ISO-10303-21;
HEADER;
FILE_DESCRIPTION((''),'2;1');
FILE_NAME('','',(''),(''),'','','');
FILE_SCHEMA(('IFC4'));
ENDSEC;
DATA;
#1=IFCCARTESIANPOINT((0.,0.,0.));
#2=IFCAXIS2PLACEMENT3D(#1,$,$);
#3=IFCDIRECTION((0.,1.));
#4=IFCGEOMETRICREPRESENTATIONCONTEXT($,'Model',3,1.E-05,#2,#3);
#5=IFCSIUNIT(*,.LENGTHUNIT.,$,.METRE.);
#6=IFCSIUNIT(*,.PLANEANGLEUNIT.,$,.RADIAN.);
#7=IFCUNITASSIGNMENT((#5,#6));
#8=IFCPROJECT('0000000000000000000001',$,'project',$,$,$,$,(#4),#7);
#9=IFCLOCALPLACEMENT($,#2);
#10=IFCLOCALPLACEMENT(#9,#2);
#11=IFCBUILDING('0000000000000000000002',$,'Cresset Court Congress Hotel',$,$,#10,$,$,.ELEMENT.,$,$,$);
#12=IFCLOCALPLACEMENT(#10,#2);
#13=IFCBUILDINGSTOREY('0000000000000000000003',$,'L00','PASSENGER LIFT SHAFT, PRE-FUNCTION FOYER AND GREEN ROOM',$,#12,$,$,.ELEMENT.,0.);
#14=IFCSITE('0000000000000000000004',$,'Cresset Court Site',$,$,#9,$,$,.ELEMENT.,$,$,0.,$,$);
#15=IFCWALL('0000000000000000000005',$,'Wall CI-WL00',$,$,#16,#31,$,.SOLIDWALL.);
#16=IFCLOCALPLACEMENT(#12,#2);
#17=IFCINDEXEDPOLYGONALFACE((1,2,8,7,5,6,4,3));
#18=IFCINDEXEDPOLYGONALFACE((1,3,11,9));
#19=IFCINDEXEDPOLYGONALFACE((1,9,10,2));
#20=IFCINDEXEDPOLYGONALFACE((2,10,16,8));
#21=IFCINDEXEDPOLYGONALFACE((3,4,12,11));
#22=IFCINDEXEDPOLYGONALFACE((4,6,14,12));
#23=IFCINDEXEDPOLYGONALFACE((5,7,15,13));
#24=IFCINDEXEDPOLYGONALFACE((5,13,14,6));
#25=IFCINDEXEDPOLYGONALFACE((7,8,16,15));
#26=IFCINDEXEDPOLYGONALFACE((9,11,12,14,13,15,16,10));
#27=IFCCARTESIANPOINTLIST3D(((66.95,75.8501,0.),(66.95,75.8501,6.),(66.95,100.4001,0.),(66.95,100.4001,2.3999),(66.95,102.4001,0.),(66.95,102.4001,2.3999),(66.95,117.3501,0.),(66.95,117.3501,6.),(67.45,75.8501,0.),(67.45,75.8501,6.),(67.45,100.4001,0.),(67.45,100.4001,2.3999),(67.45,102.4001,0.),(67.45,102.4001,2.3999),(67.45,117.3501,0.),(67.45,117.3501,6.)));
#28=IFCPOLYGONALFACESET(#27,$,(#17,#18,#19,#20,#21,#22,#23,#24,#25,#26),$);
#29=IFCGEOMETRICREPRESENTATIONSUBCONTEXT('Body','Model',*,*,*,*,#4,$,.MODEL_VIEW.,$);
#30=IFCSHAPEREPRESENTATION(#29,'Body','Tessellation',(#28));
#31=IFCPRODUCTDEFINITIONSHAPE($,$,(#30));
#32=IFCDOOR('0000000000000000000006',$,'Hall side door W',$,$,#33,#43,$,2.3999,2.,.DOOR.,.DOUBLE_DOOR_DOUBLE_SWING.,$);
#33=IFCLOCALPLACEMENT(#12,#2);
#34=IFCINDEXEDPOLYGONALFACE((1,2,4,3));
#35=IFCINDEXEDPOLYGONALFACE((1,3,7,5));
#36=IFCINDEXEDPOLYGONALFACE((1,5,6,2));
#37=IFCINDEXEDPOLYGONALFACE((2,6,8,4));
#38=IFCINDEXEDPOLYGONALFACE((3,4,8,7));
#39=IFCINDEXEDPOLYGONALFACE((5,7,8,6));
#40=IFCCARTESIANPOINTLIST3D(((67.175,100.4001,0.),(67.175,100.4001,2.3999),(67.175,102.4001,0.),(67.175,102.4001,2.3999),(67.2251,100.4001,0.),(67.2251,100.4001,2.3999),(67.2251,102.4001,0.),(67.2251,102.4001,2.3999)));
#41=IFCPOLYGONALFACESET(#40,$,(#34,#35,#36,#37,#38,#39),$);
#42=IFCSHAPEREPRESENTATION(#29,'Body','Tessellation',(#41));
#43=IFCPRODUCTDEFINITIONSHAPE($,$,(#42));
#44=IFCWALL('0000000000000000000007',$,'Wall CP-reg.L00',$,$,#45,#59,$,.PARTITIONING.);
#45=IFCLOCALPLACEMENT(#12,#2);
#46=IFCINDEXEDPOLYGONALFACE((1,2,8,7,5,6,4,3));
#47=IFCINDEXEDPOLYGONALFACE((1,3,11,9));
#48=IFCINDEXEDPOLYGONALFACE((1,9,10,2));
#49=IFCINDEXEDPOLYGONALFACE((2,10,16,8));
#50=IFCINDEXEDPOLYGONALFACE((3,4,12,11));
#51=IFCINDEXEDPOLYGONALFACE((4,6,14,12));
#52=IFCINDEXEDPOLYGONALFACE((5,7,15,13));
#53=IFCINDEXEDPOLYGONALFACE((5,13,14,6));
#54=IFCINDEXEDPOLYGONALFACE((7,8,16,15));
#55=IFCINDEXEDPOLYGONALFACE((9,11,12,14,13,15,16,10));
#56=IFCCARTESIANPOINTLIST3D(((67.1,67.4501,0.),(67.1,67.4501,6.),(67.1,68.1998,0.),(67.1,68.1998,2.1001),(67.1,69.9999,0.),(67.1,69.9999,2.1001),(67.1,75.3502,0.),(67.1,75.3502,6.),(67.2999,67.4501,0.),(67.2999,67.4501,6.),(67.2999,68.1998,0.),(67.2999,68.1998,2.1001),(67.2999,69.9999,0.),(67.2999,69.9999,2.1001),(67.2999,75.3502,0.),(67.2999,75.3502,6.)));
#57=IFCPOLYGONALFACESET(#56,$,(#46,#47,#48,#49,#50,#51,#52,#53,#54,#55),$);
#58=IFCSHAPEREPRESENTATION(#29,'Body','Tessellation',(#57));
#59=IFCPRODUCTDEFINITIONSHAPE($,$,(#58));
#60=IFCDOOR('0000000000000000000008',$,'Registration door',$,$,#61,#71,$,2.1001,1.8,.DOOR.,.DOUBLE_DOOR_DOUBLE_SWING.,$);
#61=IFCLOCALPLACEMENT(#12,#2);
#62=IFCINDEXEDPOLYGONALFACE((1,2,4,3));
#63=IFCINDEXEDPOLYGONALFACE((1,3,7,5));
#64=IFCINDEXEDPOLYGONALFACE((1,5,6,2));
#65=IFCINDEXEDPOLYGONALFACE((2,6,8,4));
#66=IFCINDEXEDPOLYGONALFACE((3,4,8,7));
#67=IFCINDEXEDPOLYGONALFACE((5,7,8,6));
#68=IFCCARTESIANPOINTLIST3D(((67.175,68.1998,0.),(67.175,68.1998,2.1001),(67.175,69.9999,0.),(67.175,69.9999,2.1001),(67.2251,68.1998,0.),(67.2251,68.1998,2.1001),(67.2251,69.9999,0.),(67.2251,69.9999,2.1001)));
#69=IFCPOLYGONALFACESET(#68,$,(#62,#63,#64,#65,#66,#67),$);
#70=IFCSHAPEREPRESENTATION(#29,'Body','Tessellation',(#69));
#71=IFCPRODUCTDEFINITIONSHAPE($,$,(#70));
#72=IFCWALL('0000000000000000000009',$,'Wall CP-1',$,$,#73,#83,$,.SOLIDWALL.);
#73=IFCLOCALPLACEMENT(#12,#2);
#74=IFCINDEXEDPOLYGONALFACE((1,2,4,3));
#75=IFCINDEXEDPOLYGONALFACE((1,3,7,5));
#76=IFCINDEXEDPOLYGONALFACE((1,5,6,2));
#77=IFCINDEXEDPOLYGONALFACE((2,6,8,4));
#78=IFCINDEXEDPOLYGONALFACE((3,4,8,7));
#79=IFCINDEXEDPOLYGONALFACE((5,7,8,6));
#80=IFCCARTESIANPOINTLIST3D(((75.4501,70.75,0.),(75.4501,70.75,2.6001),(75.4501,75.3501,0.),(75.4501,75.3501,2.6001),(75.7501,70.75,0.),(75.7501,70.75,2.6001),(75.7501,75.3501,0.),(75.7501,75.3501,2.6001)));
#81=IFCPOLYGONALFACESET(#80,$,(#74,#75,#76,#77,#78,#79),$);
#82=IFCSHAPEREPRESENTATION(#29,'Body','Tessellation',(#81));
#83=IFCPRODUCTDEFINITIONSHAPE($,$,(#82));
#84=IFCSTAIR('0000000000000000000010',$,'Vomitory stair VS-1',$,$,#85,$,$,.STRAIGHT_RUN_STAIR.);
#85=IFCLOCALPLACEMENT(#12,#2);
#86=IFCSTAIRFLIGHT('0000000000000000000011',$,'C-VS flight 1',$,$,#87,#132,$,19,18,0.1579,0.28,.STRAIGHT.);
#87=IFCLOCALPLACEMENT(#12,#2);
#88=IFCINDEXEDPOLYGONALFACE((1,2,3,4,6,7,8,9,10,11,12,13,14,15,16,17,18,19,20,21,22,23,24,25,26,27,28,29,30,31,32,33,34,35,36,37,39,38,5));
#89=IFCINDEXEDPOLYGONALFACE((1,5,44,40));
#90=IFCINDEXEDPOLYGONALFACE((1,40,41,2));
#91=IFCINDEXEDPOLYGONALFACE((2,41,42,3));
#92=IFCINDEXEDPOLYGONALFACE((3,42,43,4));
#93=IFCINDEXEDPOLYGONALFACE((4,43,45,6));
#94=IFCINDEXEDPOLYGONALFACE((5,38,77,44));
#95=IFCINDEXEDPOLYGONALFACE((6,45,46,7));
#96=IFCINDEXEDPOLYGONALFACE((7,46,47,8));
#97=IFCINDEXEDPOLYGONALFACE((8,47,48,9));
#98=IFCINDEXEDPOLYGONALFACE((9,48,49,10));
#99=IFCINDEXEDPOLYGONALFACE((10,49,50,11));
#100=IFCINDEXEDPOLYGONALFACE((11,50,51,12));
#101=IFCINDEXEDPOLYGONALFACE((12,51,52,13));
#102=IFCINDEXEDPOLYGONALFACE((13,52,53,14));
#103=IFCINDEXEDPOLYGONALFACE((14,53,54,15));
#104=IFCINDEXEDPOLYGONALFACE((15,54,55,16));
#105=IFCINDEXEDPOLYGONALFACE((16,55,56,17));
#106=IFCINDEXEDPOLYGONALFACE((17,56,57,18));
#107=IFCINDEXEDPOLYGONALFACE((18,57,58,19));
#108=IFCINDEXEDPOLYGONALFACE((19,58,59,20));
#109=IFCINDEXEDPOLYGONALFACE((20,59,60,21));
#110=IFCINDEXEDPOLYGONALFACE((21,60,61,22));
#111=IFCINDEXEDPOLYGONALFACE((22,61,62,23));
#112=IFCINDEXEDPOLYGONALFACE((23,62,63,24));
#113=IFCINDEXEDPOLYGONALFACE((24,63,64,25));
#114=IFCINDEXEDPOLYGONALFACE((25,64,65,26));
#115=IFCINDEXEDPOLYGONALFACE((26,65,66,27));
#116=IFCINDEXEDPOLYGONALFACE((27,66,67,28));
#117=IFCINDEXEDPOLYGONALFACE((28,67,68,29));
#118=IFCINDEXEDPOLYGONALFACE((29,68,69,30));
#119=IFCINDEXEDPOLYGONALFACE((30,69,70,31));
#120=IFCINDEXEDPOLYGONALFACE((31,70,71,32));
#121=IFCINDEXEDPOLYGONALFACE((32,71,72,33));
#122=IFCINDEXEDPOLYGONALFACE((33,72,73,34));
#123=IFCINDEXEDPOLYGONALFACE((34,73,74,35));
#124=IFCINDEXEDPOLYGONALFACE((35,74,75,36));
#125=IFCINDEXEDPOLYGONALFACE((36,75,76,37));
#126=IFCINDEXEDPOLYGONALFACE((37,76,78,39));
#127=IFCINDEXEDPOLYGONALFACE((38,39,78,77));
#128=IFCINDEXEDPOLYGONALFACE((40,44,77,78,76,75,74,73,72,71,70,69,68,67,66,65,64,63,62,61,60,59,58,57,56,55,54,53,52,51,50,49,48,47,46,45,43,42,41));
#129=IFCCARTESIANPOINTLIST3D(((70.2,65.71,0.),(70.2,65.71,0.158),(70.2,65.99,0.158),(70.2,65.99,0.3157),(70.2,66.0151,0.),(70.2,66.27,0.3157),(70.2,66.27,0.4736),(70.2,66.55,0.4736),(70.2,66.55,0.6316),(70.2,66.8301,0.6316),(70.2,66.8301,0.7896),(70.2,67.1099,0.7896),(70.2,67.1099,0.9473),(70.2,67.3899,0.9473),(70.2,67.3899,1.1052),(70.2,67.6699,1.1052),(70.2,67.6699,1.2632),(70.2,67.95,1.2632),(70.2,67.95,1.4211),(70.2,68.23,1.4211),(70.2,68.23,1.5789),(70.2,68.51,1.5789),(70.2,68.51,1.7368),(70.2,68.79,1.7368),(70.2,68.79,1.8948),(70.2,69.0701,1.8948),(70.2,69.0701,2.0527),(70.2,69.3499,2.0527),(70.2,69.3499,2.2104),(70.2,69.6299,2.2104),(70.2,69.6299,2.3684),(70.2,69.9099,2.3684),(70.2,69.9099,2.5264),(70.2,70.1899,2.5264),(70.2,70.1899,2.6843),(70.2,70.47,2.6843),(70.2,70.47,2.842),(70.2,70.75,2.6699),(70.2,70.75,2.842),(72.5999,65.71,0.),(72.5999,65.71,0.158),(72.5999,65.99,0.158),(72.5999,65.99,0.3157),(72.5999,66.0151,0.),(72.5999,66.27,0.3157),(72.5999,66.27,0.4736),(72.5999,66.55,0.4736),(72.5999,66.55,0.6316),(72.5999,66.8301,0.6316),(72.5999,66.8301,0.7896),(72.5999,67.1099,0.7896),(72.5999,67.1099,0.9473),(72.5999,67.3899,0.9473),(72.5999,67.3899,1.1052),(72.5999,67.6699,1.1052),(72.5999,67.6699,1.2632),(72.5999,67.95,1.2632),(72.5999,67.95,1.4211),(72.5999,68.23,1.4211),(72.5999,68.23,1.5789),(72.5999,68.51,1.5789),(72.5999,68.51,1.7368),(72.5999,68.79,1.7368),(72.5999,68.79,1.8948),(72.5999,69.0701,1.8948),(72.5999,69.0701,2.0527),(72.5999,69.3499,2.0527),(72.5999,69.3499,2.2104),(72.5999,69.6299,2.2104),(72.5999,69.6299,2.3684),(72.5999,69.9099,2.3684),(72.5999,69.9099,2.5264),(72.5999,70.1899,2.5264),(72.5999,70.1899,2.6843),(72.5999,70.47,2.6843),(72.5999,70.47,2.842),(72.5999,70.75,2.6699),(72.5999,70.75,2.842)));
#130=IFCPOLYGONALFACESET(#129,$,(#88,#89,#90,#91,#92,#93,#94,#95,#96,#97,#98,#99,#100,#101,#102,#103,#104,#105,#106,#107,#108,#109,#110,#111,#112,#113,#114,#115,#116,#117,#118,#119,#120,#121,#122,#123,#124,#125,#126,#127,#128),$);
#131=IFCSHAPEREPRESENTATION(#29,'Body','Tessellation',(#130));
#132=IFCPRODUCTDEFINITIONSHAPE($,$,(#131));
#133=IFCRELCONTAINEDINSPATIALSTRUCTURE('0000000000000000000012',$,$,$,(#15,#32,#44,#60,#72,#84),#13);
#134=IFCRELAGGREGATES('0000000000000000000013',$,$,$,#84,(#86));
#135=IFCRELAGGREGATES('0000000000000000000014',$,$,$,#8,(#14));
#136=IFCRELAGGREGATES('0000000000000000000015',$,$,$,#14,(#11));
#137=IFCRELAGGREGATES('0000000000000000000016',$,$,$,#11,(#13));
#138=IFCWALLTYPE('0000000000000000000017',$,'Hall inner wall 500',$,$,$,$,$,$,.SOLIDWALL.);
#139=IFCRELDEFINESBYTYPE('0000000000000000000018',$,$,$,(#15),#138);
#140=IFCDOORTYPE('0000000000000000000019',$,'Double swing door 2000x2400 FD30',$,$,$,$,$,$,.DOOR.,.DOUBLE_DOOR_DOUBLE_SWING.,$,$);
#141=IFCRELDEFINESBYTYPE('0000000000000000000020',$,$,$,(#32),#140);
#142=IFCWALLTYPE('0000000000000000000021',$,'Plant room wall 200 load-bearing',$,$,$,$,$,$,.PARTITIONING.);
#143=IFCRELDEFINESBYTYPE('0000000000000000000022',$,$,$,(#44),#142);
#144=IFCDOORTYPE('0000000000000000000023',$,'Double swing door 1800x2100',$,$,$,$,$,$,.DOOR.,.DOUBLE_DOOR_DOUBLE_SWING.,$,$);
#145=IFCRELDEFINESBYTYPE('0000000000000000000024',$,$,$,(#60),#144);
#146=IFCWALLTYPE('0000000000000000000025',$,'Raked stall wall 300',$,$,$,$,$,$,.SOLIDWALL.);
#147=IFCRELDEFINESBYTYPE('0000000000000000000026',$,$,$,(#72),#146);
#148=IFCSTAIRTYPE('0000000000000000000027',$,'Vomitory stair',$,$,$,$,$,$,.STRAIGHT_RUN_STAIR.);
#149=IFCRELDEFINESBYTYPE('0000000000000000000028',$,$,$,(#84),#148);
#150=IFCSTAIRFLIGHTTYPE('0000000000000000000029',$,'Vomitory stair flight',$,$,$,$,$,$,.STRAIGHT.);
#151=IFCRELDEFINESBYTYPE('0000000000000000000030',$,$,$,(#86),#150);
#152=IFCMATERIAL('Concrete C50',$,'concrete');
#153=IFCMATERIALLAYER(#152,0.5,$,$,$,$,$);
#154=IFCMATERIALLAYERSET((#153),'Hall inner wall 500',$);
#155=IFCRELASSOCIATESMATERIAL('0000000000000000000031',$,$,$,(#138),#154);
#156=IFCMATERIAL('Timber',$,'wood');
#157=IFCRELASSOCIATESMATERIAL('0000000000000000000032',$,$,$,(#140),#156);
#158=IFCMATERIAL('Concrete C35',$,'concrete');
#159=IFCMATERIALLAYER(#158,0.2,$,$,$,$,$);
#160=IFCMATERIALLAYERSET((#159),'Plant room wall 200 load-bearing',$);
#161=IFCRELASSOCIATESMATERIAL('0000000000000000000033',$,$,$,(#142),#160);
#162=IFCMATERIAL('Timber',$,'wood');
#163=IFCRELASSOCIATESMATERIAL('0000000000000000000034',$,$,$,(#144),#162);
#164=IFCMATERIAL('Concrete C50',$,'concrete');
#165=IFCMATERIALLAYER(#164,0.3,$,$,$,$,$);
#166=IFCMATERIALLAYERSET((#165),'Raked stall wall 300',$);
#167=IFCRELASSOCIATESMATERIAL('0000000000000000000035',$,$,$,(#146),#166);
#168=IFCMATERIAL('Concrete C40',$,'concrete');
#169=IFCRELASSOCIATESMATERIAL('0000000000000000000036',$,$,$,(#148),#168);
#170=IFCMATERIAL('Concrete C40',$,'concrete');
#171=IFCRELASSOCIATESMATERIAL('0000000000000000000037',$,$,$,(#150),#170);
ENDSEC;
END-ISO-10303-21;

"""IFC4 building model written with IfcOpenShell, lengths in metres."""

from ifc_helpers import new_model, si_unit, direction, frame, frame_2d, origin, place, context, subcontext, project, spatial, polyline, rectangle, outline, extrude, material, layer, layer_set, type_object, element, fill, aggregate, save


model = new_model("IFC4")

# Units and contexts
model_context = context("Model", 3, precision=1e-05, world=origin(), true_north=direction((0.0, 1.0)))
body_context = subcontext(model_context, "Body", "Model", "MODEL_VIEW")
ifc_project = project(units=[si_unit("LENGTHUNIT", "METRE"), si_unit("PLANEANGLEUNIT", "RADIAN")], contexts=[model_context])

# Site, building, storey
site_placement = place(None, origin())
site = spatial("IfcSite", under=ifc_project, at=site_placement, Name="Cresset Court Site", CompositionType="ELEMENT", RefElevation=0.0)
building_placement = place(site_placement, origin())
building = spatial("IfcBuilding", under=site, at=building_placement, Name="Cresset Court Congress Hotel", CompositionType="ELEMENT")
storey_placement = place(building_placement, origin())
storey = spatial("IfcBuildingStorey", under=building, at=storey_placement, Name="L00", Description="PASSENGER LIFT SHAFT, PRE-FUNCTION FOYER AND GREEN ROOM", CompositionType="ELEMENT", Elevation=0.0)

# Walls, openings, doors
ifc_material_1 = material(Name="Concrete C50", Category="concrete")
ifc_layer_1 = layer(ifc_material_1, 0.5)
ifc_layer_set_1 = layer_set([ifc_layer_1], Name="Hall inner wall 500")
wall_type_1 = type_object("IfcWallType", Name="Hall inner wall 500", PredefinedType="SOLIDWALL", material=ifc_layer_set_1)
wall_1_placement = place(storey_placement, frame((67.2, 75.8501, 0.0), z_axis=(0.0, 0.0, 1.0), x_axis=(0.0, 1.0, 0.0)))
wall_1 = element("IfcWall", 1, at=wall_1_placement, inside=storey, type_object=wall_type_1, Name="Wall CI-WL00", PredefinedType="SOLIDWALL", context=body_context, shape_type="SweptSolid", body=[
    extrude(rectangle(XDim=41.5, YDim=0.5, at=frame_2d((20.75, 0.0))), origin(), (0.0, 0.0, 1.0), 6.0),
])
opening_1_placement = place(wall_1_placement, frame((24.55, 0.0, 0.0)))
opening_1 = element("IfcOpeningElement", 2, at=opening_1_placement, cuts=wall_1, PredefinedType="OPENING", context=body_context, shape_type="SweptSolid", body=[
    extrude(rectangle(XDim=2.0, YDim=2.3999, at=frame_2d((1.0, 1.2))), frame((0.0, 0.26, 0.0), z_axis=(0.0, -1.0, 0.0), x_axis=(1.0, 0.0, 0.0)), (0.0, 0.0, 1.0), 0.52),
])
ifc_material_2 = material(Name="Timber", Category="wood")
door_type_1 = type_object("IfcDoorType", Name="Double swing door 2000x2400 FD30", OperationType="DOUBLE_DOOR_DOUBLE_SWING", PredefinedType="DOOR", material=ifc_material_2)
door_1_placement = place(opening_1_placement, origin())
door_1 = element("IfcDoor", 3, at=door_1_placement, inside=storey, type_object=door_type_1, Name="Hall side door W", OperationType="DOUBLE_DOOR_DOUBLE_SWING", OverallHeight=2.3999, OverallWidth=2.0, PredefinedType="DOOR", context=body_context, shape_type="SweptSolid", body=[
    extrude(rectangle(XDim=2.0, YDim=2.3999, at=frame_2d((1.0, 1.2))), frame((0.0, 0.0249, 0.0), z_axis=(0.0, -1.0, 0.0), x_axis=(1.0, 0.0, 0.0)), (0.0, 0.0, 1.0), 0.05),
])
fill(opening_1, door_1)
ifc_material_3 = material(Name="Concrete C35", Category="concrete")
ifc_layer_2 = layer(ifc_material_3, 0.2)
ifc_layer_set_2 = layer_set([ifc_layer_2], Name="Plant room wall 200 load-bearing")
wall_type_2 = type_object("IfcWallType", Name="Plant room wall 200 load-bearing", PredefinedType="PARTITIONING", material=ifc_layer_set_2)
wall_2_placement = place(storey_placement, frame((67.2, 67.45, 0.0), z_axis=(0.0, 0.0, 1.0), x_axis=(0.0, 1.0, 0.0)))
wall_2 = element("IfcWall", 4, at=wall_2_placement, inside=storey, type_object=wall_type_2, Name="Wall CP-reg.L00", PredefinedType="PARTITIONING", context=body_context, shape_type="SweptSolid", body=[
    extrude(rectangle(XDim=7.9001, YDim=0.2, at=frame_2d((3.9502, 0.0))), origin(), (0.0, 0.0, 1.0), 6.0),
])
opening_2_placement = place(wall_2_placement, frame((0.75, 0.0, 0.0)))
opening_2 = element("IfcOpeningElement", 5, at=opening_2_placement, cuts=wall_2, PredefinedType="OPENING", context=body_context, shape_type="SweptSolid", body=[
    extrude(rectangle(XDim=1.8, YDim=2.1001, at=frame_2d((0.8999, 1.05))), frame((0.0, 0.1099, 0.0), z_axis=(0.0, -1.0, 0.0), x_axis=(1.0, 0.0, 0.0)), (0.0, 0.0, 1.0), 0.22),
])
ifc_material_4 = material(Name="Timber", Category="wood")
door_type_2 = type_object("IfcDoorType", Name="Double swing door 1800x2100", OperationType="DOUBLE_DOOR_DOUBLE_SWING", PredefinedType="DOOR", material=ifc_material_4)
door_2_placement = place(opening_2_placement, origin())
door_2 = element("IfcDoor", 6, at=door_2_placement, inside=storey, type_object=door_type_2, Name="Registration door", OperationType="DOUBLE_DOOR_DOUBLE_SWING", OverallHeight=2.1001, OverallWidth=1.8, PredefinedType="DOOR", context=body_context, shape_type="SweptSolid", body=[
    extrude(rectangle(XDim=1.8, YDim=2.1001, at=frame_2d((0.8999, 1.05))), frame((0.0, 0.0249, 0.0), z_axis=(0.0, -1.0, 0.0), x_axis=(1.0, 0.0, 0.0)), (0.0, 0.0, 1.0), 0.05),
])
fill(opening_2, door_2)

# Wall
ifc_material_5 = material(Name="Concrete C50", Category="concrete")
ifc_layer_3 = layer(ifc_material_5, 0.3)
ifc_layer_set_3 = layer_set([ifc_layer_3], Name="Raked stall wall 300")
wall_type_3 = type_object("IfcWallType", Name="Raked stall wall 300", PredefinedType="SOLIDWALL", material=ifc_layer_set_3)
wall_3_placement = place(storey_placement, frame((75.6001, 70.75, 0.0), z_axis=(0.0, 0.0, 1.0), x_axis=(0.0, 1.0, 0.0)))
element("IfcWall", 7, at=wall_3_placement, inside=storey, type_object=wall_type_3, Name="Wall CP-1", PredefinedType="SOLIDWALL", context=body_context, shape_type="SweptSolid", body=[
    extrude(rectangle(XDim=4.6001, YDim=0.3, at=frame_2d((2.3, 0.0))), origin(), (0.0, 0.0, 1.0), 2.6001),
])

# Stair, stair flight
ifc_material_6 = material(Name="Concrete C40", Category="concrete")
stair_type = type_object("IfcStairType", Name="Vomitory stair", PredefinedType="STRAIGHT_RUN_STAIR", material=ifc_material_6)
stair_placement = place(storey_placement, origin())
stair = element("IfcStair", 8, at=stair_placement, inside=storey, type_object=stair_type, Name="Vomitory stair VS-1", PredefinedType="STRAIGHT_RUN_STAIR")
ifc_material_7 = material(Name="Concrete C40", Category="concrete")
stair_flight_type = type_object("IfcStairFlightType", Name="Vomitory stair flight", PredefinedType="STRAIGHT", material=ifc_material_7)
stair_flight_placement = place(storey_placement, frame((71.3999, 65.71, 0.0), z_axis=(0.0, 0.0, 1.0), x_axis=(0.0, 1.0, 0.0)))
stair_flight = element("IfcStairFlight", 9, at=stair_flight_placement, type_object=stair_flight_type, Name="C-VS flight 1", NumberOfRisers=19, NumberOfTreads=18, PredefinedType="STRAIGHT", RiserHeight=0.1579, TreadLength=0.28, context=body_context, shape_type="SweptSolid", body=[
    extrude(outline(polyline([(0.0, 0.0), (0.0, 0.158), (0.28, 0.158), (0.28, 0.3157), (0.5601, 0.3157), (0.5601, 0.4736), (0.8401, 0.4736), (0.8401, 0.6316), (1.1201, 0.6316), (1.1201, 0.7896), (1.3999, 0.7896), (1.3999, 0.9473), (1.6799, 0.9473), (1.6799, 1.1052), (1.96, 1.1052), (1.96, 1.2632), (2.24, 1.2632), (2.24, 1.4211), (2.52, 1.4211), (2.52, 1.5789), (2.8, 1.5789), (2.8, 1.7368), (3.0801, 1.7368), (3.0801, 1.8948), (3.3601, 1.8948), (3.3601, 2.0527), (3.6399, 2.0527), (3.6399, 2.2104), (3.9199, 2.2104), (3.9199, 2.3684), (4.2, 2.3684), (4.2, 2.5264), (4.48, 2.5264), (4.48, 2.6843), (4.76, 2.6843), (4.76, 2.842), (5.04, 2.842), (5.04, 3.0), (5.04, 2.6699), (0.3052, 0.0), (0.0, 0.0)])), frame((0.0, 1.2, 0.0), z_axis=(0.0, -1.0, 0.0), x_axis=(1.0, 0.0, 0.0)), (0.0, 0.0, 1.0), 2.3999),
])
aggregate(stair, [stair_flight])

save(model, "model.ifc")
